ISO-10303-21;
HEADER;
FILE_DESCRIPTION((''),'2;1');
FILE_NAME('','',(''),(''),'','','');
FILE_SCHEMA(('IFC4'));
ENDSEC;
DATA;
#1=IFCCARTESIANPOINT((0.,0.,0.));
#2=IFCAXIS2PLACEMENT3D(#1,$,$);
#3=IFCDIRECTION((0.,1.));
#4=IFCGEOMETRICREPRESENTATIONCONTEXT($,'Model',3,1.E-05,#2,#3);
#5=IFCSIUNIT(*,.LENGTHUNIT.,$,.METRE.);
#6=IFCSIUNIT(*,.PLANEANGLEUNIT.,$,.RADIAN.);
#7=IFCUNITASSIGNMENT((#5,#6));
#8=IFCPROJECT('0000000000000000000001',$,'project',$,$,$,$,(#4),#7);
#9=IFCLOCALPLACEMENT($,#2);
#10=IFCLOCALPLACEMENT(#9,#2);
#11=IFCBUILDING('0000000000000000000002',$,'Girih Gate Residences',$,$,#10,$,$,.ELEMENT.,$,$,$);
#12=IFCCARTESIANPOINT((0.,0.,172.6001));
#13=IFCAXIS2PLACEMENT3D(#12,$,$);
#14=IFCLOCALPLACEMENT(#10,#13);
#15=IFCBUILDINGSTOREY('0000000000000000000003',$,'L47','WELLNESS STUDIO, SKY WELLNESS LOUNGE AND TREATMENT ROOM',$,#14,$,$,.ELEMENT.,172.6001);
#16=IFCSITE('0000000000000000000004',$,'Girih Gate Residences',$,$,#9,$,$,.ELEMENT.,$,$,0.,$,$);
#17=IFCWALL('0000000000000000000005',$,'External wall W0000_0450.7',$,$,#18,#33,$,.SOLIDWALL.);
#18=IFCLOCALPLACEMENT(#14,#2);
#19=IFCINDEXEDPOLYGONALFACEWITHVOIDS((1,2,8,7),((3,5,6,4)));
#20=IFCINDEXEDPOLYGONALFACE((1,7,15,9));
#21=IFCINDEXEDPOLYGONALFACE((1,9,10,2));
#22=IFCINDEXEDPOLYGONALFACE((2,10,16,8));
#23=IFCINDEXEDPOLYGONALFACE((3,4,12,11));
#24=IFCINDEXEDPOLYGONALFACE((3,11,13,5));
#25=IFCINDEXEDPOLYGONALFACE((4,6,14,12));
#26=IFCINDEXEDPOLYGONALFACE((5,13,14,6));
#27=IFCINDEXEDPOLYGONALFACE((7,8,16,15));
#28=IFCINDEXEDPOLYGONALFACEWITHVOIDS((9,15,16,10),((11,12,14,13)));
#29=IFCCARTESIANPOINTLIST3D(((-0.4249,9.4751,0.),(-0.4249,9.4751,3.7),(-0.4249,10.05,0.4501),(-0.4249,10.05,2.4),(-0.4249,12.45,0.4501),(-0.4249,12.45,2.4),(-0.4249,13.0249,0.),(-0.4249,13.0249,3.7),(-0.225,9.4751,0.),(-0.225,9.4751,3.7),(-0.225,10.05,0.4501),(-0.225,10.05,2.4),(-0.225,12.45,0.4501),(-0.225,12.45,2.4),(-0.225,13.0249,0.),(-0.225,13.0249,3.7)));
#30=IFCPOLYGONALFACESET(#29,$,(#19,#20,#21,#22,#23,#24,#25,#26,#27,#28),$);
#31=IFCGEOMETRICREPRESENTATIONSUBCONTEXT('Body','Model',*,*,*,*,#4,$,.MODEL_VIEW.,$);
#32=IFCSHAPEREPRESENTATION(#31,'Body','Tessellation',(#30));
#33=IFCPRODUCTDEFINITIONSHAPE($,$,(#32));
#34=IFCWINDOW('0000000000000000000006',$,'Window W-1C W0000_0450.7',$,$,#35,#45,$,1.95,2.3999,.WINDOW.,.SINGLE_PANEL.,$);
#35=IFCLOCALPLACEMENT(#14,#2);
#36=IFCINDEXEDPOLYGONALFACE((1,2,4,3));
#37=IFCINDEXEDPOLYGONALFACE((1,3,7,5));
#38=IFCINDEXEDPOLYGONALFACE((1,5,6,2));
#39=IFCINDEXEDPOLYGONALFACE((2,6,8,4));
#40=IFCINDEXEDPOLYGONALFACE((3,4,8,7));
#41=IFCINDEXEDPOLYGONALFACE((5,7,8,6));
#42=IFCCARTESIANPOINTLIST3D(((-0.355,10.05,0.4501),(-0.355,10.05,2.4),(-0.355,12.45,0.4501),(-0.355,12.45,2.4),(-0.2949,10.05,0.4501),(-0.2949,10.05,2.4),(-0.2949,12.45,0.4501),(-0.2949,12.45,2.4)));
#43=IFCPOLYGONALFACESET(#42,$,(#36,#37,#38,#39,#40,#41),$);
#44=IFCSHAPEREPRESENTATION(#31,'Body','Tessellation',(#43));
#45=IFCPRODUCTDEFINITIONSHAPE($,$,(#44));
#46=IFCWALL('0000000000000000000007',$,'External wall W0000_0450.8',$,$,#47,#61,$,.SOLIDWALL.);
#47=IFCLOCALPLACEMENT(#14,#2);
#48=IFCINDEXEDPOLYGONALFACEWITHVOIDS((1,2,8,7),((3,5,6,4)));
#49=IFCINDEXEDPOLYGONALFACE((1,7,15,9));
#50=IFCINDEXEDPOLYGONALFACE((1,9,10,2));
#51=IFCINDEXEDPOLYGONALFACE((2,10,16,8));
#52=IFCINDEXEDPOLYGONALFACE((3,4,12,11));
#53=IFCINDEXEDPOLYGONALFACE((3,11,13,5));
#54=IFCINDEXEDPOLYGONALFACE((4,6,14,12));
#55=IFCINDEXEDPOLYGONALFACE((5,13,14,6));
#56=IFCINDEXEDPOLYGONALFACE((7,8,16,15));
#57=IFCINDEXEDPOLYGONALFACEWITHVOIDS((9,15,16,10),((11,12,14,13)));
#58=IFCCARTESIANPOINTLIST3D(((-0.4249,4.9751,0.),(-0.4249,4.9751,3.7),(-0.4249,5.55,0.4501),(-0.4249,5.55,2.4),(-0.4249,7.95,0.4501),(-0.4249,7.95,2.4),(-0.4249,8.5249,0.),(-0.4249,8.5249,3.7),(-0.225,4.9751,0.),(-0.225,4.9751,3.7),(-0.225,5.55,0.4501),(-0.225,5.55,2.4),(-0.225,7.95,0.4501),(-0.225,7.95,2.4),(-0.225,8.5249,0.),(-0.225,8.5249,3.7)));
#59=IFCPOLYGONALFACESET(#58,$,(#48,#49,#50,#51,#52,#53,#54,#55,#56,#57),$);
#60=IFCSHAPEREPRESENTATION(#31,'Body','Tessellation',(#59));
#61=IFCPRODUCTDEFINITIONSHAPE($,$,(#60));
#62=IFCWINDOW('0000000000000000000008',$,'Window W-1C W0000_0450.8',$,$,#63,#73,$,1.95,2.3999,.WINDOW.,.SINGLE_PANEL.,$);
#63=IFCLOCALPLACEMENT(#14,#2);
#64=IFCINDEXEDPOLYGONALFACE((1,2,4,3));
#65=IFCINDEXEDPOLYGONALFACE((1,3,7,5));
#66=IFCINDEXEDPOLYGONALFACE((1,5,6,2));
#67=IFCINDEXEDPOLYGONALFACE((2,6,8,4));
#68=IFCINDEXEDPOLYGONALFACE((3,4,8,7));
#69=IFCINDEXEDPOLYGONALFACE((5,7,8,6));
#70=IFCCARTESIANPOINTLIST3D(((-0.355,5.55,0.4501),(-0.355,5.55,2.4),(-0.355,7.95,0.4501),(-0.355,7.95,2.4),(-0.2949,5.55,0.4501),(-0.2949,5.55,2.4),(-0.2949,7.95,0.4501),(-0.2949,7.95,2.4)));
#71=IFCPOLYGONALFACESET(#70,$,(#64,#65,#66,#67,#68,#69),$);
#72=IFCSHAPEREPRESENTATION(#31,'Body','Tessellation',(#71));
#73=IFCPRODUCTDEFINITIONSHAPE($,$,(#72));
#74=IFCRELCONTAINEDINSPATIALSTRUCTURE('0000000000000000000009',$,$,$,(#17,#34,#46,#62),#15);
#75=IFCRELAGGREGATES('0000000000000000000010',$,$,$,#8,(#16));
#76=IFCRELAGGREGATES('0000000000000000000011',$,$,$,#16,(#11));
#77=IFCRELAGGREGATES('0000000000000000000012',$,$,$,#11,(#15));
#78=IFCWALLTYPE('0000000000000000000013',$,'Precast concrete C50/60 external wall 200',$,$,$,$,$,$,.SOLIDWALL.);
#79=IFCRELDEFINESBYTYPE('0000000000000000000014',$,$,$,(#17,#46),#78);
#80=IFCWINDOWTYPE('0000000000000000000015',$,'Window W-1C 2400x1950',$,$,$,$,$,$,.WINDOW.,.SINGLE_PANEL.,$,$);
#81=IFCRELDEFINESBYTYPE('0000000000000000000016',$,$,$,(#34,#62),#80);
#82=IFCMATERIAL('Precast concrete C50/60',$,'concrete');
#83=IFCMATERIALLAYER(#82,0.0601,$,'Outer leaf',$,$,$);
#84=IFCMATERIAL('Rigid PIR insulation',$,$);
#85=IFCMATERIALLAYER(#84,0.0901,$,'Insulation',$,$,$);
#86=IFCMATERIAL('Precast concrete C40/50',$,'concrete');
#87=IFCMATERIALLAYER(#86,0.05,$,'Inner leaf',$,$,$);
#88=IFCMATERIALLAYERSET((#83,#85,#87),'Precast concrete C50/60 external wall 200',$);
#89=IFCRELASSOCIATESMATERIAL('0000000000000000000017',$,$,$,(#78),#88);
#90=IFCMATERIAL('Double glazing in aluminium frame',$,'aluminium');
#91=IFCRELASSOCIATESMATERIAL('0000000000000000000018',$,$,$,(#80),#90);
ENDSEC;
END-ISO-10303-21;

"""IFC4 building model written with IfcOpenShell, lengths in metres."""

from ifc_helpers import new_model, si_unit, direction, frame, frame_2d, origin, place, context, subcontext, project, spatial, rectangle, extrude, material, layer, layer_set, type_object, element, fill, save


model = new_model("IFC4")

# Units and contexts
model_context = context("Model", 3, precision=1e-05, world=origin(), true_north=direction((0.0, 1.0)))
body_context = subcontext(model_context, "Body", "Model", "MODEL_VIEW")
ifc_project = project(units=[si_unit("LENGTHUNIT", "METRE"), si_unit("PLANEANGLEUNIT", "RADIAN")], contexts=[model_context])

# Site, building, storey
site_placement = place(None, origin())
site = spatial("IfcSite", under=ifc_project, at=site_placement, Name="Girih Gate Residences", CompositionType="ELEMENT", RefElevation=0.0)
building_placement = place(site_placement, origin())
building = spatial("IfcBuilding", under=site, at=building_placement, Name="Girih Gate Residences", CompositionType="ELEMENT")
storey_placement = place(building_placement, frame((0.0, 0.0, 172.6001)))
storey = spatial("IfcBuildingStorey", under=building, at=storey_placement, Name="L47", Description="WELLNESS STUDIO, SKY WELLNESS LOUNGE AND TREATMENT ROOM", CompositionType="ELEMENT", Elevation=172.6001)

# Walls, openings, windows
ifc_material_1 = material(Name="Precast concrete C50/60", Category="concrete")
ifc_layer_1 = layer(ifc_material_1, 0.0601, Name="Outer leaf")
ifc_material_2 = material(Name="Rigid PIR insulation")
ifc_layer_2 = layer(ifc_material_2, 0.0901, Name="Insulation")
ifc_material_3 = material(Name="Precast concrete C40/50", Category="concrete")
ifc_layer_3 = layer(ifc_material_3, 0.05, Name="Inner leaf")
ifc_layer_set_1 = layer_set([ifc_layer_1, ifc_layer_2, ifc_layer_3], Name="Precast concrete C50/60 external wall 200")
wall_type_1 = type_object("IfcWallType", Name="Precast concrete C50/60 external wall 200", PredefinedType="SOLIDWALL", material=ifc_layer_set_1)
ifc_material_4 = material(Name="Double glazing in aluminium frame", Category="aluminium")
window_type = type_object("IfcWindowType", Name="Window W-1C 2400x1950", PartitioningType="SINGLE_PANEL", PredefinedType="WINDOW", material=ifc_material_4)
wall_1_placement = place(storey_placement, frame((-0.325, 9.4751, 0.0), z_axis=(0.0, 0.0, 1.0), x_axis=(0.0, 1.0, 0.0)))
wall_1 = element("IfcWall", 1, at=wall_1_placement, inside=storey, type_object=wall_type_1, Name="External wall W0000_0450.7", PredefinedType="SOLIDWALL", context=body_context, shape_type="SweptSolid", body=[
    extrude(rectangle(XDim=3.5498, YDim=0.2, at=frame_2d((1.7749, 0.0))), origin(), (0.0, 0.0, 1.0), 3.7),
])
opening_1_placement = place(wall_1_placement, frame((0.575, 0.0, 0.45)))
opening_1 = element("IfcOpeningElement", 2, at=opening_1_placement, cuts=wall_1, PredefinedType="OPENING", context=body_context, shape_type="SweptSolid", body=[
    extrude(rectangle(XDim=2.3999, YDim=1.95, at=frame_2d((1.2, 0.9751))), frame((0.0, 0.1099, 0.0), z_axis=(0.0, -1.0, 0.0), x_axis=(1.0, 0.0, 0.0)), (0.0, 0.0, 1.0), 0.22),
])
window_1_placement = place(opening_1_placement, origin())
window_1 = element("IfcWindow", 3, at=window_1_placement, inside=storey, type_object=window_type, Name="Window W-1C W0000_0450.7", OverallHeight=1.95, OverallWidth=2.3999, PartitioningType="SINGLE_PANEL", PredefinedType="WINDOW", context=body_context, shape_type="SweptSolid", body=[
    extrude(rectangle(XDim=2.3999, YDim=1.95, at=frame_2d((1.2, 0.9751))), frame((0.0, 0.03, 0.0), z_axis=(0.0, -1.0, 0.0), x_axis=(1.0, 0.0, 0.0)), (0.0, 0.0, 1.0), 0.0601),
])
fill(opening_1, window_1)
wall_2_placement = place(storey_placement, frame((-0.325, 4.9751, 0.0), z_axis=(0.0, 0.0, 1.0), x_axis=(0.0, 1.0, 0.0)))
wall_2 = element("IfcWall", 4, at=wall_2_placement, inside=storey, type_object=wall_type_1, Name="External wall W0000_0450.8", PredefinedType="SOLIDWALL", context=body_context, shape_type="SweptSolid", body=[
    extrude(rectangle(XDim=3.5498, YDim=0.2, at=frame_2d((1.7749, 0.0))), origin(), (0.0, 0.0, 1.0), 3.7),
])
opening_2_placement = place(wall_2_placement, frame((0.575, 0.0, 0.45)))
opening_2 = element("IfcOpeningElement", 5, at=opening_2_placement, cuts=wall_2, PredefinedType="OPENING", context=body_context, shape_type="SweptSolid", body=[
    extrude(rectangle(XDim=2.3999, YDim=1.95, at=frame_2d((1.2, 0.9751))), frame((0.0, 0.1099, 0.0), z_axis=(0.0, -1.0, 0.0), x_axis=(1.0, 0.0, 0.0)), (0.0, 0.0, 1.0), 0.22),
])
window_2_placement = place(opening_2_placement, origin())
window_2 = element("IfcWindow", 6, at=window_2_placement, inside=storey, type_object=window_type, Name="Window W-1C W0000_0450.8", OverallHeight=1.95, OverallWidth=2.3999, PartitioningType="SINGLE_PANEL", PredefinedType="WINDOW", context=body_context, shape_type="SweptSolid", body=[
    extrude(rectangle(XDim=2.3999, YDim=1.95, at=frame_2d((1.2, 0.9751))), frame((0.0, 0.03, 0.0), z_axis=(0.0, -1.0, 0.0), x_axis=(1.0, 0.0, 0.0)), (0.0, 0.0, 1.0), 0.0601),
])
fill(opening_2, window_2)

save(model, "model.ifc")
